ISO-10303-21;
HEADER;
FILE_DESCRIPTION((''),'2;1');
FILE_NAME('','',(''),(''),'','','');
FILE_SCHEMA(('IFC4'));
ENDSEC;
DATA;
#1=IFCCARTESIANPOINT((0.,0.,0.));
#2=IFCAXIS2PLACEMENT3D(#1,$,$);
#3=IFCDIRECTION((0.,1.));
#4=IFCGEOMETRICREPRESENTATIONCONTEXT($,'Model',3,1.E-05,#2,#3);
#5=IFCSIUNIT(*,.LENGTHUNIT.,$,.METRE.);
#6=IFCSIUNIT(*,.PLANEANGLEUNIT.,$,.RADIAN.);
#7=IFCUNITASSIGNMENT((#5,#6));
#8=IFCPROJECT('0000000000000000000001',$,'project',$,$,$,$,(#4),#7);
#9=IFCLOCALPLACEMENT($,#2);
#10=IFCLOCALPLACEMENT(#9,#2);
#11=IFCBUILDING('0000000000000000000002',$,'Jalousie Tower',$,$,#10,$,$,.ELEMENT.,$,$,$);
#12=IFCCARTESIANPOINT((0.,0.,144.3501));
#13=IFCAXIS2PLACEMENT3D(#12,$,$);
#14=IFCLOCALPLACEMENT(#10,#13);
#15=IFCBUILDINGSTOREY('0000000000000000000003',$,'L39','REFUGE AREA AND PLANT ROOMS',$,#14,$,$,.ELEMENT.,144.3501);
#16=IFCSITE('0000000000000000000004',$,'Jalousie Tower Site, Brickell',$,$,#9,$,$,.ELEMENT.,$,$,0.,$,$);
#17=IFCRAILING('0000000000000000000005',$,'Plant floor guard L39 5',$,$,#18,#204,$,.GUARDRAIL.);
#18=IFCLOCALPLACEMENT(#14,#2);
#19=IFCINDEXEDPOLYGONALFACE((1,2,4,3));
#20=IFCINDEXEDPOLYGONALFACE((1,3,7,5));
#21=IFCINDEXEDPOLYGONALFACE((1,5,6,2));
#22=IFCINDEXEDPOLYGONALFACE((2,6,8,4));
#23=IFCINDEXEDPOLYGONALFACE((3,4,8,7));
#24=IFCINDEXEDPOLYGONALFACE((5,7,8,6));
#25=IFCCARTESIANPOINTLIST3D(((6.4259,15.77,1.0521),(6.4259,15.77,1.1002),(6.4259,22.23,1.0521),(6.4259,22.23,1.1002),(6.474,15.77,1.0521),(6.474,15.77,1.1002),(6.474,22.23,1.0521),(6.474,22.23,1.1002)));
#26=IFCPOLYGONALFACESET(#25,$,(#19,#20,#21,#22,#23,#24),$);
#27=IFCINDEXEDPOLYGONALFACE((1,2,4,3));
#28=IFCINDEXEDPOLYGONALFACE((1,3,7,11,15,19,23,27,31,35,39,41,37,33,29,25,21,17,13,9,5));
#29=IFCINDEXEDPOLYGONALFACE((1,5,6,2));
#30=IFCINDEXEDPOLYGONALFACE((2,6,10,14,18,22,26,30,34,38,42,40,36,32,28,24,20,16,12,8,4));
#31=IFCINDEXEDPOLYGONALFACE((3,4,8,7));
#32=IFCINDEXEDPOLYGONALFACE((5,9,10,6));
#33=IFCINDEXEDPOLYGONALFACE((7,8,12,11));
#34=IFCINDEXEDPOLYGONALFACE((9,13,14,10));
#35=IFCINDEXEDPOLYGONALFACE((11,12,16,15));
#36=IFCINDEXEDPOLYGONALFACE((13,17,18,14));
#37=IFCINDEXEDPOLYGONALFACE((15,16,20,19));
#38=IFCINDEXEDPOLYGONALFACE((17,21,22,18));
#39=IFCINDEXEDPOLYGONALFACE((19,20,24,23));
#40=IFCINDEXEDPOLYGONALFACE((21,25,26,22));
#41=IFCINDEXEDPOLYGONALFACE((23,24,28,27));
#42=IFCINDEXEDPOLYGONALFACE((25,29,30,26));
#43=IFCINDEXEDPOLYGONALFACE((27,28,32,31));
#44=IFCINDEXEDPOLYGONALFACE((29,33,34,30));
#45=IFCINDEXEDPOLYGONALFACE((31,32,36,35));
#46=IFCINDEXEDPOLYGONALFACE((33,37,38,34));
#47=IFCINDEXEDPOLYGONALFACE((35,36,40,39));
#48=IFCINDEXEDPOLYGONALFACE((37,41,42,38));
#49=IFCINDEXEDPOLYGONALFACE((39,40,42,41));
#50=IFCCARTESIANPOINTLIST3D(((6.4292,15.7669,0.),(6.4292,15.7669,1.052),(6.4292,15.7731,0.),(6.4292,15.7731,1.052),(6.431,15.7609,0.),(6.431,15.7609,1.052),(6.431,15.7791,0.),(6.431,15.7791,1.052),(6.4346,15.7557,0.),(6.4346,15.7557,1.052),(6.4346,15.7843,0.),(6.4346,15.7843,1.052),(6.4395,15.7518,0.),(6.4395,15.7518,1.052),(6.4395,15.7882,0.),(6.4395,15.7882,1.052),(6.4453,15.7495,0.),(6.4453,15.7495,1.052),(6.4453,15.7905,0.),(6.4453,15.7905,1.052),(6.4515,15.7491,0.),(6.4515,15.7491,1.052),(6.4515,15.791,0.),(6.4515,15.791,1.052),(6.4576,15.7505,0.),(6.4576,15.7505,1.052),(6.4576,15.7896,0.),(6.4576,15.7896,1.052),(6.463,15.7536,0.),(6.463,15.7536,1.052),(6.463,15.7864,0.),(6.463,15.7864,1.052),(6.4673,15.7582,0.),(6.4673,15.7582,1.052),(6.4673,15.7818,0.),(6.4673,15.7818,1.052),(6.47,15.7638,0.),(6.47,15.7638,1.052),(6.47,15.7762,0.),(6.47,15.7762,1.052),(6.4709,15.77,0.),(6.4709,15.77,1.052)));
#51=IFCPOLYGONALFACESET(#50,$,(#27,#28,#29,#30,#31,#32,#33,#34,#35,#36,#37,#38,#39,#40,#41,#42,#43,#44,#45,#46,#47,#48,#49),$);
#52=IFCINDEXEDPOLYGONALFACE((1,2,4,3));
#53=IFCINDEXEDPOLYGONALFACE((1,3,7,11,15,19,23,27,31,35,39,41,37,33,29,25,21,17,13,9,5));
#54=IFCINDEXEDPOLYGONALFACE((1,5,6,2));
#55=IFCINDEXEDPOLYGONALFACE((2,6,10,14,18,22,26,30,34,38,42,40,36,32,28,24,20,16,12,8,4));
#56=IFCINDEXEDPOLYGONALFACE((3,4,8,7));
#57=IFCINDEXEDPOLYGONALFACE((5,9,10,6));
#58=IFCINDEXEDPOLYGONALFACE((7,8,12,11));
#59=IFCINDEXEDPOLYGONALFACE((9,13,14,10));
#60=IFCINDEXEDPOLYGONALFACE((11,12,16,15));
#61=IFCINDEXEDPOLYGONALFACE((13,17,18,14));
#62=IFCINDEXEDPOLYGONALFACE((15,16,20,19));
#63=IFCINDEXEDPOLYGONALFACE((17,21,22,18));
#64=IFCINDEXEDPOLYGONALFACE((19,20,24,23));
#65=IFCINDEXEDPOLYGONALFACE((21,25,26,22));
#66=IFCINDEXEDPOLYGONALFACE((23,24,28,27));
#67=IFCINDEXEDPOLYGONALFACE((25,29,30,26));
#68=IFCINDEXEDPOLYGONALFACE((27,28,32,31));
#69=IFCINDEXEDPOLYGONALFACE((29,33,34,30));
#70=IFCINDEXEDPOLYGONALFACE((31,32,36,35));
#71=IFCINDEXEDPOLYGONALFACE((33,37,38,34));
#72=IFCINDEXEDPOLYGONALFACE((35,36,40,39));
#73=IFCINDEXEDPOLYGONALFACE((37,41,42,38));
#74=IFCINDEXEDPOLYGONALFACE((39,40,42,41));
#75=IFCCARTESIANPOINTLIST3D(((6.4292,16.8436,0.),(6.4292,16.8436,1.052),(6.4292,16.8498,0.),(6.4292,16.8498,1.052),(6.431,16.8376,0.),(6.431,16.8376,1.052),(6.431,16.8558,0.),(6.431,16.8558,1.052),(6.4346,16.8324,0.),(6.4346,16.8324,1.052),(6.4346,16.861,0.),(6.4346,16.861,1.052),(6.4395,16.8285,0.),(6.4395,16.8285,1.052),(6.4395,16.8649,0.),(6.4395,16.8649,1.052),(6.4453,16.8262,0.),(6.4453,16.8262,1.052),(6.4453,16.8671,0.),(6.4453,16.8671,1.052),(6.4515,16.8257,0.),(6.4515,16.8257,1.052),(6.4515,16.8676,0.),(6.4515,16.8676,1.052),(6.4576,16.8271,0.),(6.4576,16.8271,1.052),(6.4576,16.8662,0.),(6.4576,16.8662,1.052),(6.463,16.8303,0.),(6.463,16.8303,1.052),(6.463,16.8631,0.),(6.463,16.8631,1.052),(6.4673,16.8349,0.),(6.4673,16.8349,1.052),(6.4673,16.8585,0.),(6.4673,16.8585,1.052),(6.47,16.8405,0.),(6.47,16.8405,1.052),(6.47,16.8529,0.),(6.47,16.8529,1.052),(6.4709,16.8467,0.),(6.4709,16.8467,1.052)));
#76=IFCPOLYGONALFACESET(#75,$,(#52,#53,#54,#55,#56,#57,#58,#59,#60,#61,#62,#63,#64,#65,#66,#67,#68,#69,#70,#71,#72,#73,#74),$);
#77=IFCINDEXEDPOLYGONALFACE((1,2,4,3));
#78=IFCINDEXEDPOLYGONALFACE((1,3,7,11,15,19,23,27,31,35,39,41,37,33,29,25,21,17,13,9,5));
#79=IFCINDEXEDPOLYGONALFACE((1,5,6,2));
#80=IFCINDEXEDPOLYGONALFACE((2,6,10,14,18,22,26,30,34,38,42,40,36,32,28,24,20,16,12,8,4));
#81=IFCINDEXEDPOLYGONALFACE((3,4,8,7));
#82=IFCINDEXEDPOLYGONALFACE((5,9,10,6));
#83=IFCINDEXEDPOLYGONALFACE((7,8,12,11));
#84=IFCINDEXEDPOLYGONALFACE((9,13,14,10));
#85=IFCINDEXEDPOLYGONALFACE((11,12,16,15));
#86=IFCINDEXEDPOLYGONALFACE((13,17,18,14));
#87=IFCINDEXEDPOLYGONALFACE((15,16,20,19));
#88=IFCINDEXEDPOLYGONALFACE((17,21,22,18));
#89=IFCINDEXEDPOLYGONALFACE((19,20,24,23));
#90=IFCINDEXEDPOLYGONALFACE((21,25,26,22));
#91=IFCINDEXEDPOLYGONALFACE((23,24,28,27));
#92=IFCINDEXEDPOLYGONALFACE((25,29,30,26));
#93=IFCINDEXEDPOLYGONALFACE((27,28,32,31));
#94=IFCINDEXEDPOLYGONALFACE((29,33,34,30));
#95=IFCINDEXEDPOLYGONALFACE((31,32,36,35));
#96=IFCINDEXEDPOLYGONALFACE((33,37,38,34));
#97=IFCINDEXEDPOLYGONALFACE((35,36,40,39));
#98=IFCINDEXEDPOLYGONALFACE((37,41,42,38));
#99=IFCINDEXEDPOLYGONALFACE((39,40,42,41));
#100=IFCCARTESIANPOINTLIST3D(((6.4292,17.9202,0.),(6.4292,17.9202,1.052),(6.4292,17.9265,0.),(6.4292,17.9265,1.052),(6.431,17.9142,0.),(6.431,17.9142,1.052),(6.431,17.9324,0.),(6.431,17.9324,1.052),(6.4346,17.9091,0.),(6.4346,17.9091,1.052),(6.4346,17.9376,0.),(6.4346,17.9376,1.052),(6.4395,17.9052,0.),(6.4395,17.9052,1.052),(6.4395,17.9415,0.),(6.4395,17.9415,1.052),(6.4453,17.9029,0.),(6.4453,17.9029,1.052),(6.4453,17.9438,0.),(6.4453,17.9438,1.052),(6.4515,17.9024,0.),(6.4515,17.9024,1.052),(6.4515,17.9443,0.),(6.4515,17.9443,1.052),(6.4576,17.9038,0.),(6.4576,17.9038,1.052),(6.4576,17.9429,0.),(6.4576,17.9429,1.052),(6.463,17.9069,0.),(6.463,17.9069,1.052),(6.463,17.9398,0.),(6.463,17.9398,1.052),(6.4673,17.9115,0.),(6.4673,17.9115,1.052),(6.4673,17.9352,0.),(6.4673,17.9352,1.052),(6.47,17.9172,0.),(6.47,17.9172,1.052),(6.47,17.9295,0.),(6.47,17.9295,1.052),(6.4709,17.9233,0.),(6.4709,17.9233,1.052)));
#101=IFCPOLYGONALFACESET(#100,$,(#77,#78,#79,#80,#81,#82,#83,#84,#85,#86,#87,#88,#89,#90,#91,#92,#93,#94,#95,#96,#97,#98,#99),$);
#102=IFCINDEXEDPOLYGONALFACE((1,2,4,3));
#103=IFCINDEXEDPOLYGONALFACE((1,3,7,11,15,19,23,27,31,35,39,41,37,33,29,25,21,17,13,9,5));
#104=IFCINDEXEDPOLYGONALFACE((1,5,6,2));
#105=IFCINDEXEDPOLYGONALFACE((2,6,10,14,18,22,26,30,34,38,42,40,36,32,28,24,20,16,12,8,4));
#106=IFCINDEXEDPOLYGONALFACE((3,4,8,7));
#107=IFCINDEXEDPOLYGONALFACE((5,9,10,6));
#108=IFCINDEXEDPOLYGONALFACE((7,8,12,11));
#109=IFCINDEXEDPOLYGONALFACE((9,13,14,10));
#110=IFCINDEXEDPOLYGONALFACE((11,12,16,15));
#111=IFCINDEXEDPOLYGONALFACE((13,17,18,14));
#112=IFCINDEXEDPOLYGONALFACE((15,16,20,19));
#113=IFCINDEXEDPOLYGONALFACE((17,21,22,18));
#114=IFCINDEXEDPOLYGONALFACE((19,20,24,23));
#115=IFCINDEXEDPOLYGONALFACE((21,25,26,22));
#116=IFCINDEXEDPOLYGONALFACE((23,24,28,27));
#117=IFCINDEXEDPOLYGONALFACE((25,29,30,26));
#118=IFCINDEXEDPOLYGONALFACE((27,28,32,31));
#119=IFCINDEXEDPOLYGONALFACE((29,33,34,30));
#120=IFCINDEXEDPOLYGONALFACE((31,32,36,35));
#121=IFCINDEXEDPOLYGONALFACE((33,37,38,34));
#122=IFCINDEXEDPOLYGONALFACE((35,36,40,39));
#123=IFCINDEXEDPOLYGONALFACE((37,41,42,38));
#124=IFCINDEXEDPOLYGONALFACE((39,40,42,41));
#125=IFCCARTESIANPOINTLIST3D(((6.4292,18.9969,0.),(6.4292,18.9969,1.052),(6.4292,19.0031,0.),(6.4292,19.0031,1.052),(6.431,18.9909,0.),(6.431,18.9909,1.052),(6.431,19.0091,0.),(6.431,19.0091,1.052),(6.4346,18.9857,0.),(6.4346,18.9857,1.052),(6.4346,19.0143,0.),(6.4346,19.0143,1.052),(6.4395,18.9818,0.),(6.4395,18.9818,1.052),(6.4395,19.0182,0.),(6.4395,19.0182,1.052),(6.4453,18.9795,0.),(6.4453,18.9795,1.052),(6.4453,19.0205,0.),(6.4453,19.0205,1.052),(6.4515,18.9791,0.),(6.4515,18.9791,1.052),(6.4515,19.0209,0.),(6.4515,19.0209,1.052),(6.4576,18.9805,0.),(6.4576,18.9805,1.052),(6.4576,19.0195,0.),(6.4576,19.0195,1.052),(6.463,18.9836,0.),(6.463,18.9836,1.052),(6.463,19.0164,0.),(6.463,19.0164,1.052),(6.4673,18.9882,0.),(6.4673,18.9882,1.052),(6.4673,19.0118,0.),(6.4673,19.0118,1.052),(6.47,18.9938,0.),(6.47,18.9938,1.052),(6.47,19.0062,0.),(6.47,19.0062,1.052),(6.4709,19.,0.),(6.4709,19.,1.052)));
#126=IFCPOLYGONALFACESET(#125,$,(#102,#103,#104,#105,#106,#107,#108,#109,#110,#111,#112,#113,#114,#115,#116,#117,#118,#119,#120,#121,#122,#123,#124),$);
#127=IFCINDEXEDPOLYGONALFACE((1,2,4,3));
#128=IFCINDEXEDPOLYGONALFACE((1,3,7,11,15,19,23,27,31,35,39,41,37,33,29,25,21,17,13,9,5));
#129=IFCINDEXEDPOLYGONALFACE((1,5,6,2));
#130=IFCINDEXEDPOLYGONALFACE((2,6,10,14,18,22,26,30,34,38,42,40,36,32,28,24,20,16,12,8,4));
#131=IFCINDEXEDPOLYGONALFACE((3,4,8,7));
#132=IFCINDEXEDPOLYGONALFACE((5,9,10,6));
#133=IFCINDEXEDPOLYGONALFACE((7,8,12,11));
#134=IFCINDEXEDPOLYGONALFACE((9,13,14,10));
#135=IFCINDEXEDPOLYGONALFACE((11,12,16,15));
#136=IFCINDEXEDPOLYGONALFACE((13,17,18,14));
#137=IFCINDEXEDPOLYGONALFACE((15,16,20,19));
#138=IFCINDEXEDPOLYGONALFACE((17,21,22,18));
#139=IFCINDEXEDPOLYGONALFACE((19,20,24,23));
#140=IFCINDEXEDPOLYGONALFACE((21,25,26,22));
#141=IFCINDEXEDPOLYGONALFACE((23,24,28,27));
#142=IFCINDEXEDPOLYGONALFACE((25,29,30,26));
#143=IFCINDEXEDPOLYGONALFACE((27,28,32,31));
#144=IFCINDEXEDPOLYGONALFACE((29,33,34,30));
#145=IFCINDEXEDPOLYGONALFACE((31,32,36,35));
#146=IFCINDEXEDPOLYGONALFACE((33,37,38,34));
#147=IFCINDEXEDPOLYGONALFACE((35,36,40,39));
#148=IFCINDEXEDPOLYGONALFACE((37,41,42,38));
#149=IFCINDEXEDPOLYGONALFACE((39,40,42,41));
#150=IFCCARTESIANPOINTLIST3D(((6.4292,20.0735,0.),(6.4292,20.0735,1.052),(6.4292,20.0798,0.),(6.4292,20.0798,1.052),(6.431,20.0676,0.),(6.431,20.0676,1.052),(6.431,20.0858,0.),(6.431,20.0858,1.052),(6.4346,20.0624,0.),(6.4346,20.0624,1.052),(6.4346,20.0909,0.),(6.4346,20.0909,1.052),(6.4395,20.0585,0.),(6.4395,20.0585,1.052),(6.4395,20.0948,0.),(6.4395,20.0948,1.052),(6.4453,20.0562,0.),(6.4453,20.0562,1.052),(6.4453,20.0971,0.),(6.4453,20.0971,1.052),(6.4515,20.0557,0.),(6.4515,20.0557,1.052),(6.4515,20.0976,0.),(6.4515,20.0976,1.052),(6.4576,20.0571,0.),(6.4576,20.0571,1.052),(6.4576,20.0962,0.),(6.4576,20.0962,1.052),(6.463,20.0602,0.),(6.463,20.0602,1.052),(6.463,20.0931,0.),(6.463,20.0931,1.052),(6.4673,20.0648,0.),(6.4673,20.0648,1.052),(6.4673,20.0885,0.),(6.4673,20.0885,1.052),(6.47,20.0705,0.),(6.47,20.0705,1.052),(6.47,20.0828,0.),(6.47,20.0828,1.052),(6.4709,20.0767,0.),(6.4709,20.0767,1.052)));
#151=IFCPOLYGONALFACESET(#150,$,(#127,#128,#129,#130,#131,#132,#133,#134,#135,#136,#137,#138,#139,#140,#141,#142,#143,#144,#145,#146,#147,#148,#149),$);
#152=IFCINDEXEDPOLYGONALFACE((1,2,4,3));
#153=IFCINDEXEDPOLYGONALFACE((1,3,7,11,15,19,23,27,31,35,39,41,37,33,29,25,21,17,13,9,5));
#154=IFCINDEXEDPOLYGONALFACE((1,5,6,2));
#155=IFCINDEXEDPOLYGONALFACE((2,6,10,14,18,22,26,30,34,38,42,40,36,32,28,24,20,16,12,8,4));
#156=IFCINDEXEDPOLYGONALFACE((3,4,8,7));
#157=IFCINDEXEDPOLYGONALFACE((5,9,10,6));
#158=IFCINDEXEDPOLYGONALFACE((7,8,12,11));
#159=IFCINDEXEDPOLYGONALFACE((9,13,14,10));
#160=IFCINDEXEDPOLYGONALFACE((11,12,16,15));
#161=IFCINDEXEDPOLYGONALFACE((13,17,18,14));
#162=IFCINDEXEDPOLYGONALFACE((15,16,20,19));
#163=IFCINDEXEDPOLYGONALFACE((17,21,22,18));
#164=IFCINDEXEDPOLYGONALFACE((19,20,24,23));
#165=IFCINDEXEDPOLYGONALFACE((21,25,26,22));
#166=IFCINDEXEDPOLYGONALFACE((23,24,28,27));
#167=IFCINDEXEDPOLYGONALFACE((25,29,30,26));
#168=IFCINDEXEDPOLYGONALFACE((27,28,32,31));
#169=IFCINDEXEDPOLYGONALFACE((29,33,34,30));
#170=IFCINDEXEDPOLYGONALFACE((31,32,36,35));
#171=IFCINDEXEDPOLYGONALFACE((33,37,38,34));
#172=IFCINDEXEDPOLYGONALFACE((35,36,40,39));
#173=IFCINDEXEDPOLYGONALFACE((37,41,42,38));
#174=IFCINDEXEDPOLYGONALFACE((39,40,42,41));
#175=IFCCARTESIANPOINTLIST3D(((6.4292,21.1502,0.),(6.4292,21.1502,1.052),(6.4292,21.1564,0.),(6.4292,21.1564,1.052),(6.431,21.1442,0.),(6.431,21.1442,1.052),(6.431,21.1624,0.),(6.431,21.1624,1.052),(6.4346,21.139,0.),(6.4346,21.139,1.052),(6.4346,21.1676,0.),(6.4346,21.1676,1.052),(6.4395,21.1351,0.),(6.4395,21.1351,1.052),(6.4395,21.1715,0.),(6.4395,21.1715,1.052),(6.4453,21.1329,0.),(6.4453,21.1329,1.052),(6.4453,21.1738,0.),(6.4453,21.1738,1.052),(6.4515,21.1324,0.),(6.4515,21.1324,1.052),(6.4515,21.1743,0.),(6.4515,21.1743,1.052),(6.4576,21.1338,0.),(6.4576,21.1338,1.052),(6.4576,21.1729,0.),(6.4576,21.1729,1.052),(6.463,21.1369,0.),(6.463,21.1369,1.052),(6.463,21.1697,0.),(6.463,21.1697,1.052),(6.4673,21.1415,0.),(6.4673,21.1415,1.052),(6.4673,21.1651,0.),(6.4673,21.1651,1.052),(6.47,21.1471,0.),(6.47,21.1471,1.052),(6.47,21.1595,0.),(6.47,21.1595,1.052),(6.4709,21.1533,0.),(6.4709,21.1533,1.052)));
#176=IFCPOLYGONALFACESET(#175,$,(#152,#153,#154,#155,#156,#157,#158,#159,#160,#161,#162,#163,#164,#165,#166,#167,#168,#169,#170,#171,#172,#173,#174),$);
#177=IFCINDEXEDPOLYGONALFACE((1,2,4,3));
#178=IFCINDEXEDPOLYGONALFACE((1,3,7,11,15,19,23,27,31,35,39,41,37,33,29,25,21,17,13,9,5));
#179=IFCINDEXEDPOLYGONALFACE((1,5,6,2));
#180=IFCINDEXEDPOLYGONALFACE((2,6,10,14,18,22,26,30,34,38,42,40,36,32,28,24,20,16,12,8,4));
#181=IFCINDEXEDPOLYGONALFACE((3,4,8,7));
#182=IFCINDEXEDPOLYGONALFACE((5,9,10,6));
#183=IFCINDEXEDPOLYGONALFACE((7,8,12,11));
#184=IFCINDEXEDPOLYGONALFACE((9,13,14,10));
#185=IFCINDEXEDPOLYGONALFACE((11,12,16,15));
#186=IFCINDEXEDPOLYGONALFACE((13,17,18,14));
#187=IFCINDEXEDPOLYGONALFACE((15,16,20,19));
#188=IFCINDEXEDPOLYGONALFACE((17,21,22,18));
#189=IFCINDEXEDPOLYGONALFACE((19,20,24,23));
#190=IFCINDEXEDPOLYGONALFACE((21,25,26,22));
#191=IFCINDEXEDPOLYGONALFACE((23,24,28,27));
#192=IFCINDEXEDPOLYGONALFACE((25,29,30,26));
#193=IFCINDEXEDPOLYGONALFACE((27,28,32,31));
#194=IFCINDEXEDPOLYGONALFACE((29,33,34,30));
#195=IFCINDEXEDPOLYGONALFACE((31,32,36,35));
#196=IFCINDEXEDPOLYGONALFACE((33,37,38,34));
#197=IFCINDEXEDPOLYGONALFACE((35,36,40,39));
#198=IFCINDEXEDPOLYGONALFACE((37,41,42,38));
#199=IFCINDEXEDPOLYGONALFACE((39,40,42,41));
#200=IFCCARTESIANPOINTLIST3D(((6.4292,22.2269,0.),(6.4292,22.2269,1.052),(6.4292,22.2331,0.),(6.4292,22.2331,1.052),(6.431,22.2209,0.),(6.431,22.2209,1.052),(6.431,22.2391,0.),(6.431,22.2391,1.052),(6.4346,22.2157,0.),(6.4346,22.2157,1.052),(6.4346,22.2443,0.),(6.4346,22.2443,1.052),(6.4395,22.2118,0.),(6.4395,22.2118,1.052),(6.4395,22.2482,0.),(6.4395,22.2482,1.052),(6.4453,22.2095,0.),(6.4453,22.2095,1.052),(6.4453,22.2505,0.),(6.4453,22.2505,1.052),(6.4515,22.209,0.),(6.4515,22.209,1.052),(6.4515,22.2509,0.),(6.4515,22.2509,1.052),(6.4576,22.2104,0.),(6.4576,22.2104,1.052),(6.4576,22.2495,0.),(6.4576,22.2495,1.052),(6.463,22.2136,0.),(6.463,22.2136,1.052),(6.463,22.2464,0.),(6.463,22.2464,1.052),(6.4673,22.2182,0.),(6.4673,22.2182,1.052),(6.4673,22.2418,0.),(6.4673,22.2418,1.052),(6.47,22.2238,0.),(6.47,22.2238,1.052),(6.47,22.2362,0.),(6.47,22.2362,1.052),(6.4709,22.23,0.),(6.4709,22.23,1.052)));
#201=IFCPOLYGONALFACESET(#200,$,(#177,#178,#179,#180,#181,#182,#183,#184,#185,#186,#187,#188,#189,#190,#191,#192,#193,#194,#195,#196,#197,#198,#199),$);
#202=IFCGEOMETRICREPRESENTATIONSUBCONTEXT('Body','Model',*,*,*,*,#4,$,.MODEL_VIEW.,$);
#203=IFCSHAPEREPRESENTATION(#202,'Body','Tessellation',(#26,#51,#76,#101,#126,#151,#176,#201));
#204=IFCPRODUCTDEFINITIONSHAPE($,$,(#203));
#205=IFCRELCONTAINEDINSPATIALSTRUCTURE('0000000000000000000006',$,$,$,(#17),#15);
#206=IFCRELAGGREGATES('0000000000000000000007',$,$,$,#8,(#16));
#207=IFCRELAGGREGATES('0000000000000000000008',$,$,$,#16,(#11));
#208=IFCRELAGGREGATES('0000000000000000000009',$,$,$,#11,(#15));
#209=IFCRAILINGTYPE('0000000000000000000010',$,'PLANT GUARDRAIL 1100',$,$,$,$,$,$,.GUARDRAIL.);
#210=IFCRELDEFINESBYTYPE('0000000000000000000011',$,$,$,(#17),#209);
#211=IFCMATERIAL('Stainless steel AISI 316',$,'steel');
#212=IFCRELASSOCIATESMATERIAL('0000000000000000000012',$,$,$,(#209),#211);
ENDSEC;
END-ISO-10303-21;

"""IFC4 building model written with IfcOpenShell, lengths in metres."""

from ifc_helpers import new_model, si_unit, direction, frame, origin, origin_2d, place, context, subcontext, project, spatial, rectangle, circle, extrude, material, type_object, element, save


model = new_model("IFC4")

# Units and contexts
model_context = context("Model", 3, precision=1e-05, world=origin(), true_north=direction((0.0, 1.0)))
body_context = subcontext(model_context, "Body", "Model", "MODEL_VIEW")
ifc_project = project(units=[si_unit("LENGTHUNIT", "METRE"), si_unit("PLANEANGLEUNIT", "RADIAN")], contexts=[model_context])

# Site, building, storey
site_placement = place(None, origin())
site = spatial("IfcSite", under=ifc_project, at=site_placement, Name="Jalousie Tower Site, Brickell", CompositionType="ELEMENT", RefElevation=0.0)
building_placement = place(site_placement, origin())
building = spatial("IfcBuilding", under=site, at=building_placement, Name="Jalousie Tower", CompositionType="ELEMENT")
storey_placement = place(building_placement, frame((0.0, 0.0, 144.3501)))
storey = spatial("IfcBuildingStorey", under=building, at=storey_placement, Name="L39", Description="REFUGE AREA AND PLANT ROOMS", CompositionType="ELEMENT", Elevation=144.3501)

# Railing
ifc_material_1 = material(Name="Stainless steel AISI 316", Category="steel")
railing_type_1 = type_object("IfcRailingType", Name="PLANT GUARDRAIL 1100", PredefinedType="GUARDRAIL", material=ifc_material_1)
railing_placement = place(storey_placement, frame((6.45, 15.77, 0.0)))
element("IfcRailing", 1, at=railing_placement, inside=storey, type_object=railing_type_1, Name="Plant floor guard L39 5", PredefinedType="GUARDRAIL", context=body_context, shape_type="SweptSolid", body=[
    extrude(rectangle(XDim=0.0481, YDim=0.0481, at=origin_2d()), frame((0.0, 0.0, 1.0762), z_axis=(0.0, 1.0, 0.0), x_axis=(-1.0, 0.0, 0.0)), (0.0, 0.0, 1.0), 6.46),
    extrude(circle(Radius=0.021, at=origin_2d()), origin(), (0.0, 0.0, 1.0), 1.052),
    extrude(circle(Radius=0.021, at=origin_2d()), frame((0.0, 1.0767, 0.0)), (0.0, 0.0, 1.0), 1.052),
    extrude(circle(Radius=0.021, at=origin_2d()), frame((0.0, 2.1533, 0.0)), (0.0, 0.0, 1.0), 1.052),
    extrude(circle(Radius=0.021, at=origin_2d()), frame((0.0, 3.23, 0.0)), (0.0, 0.0, 1.0), 1.052),
    extrude(circle(Radius=0.021, at=origin_2d()), frame((0.0, 4.3066, 0.0)), (0.0, 0.0, 1.0), 1.052),
    extrude(circle(Radius=0.021, at=origin_2d()), frame((0.0, 5.3833, 0.0)), (0.0, 0.0, 1.0), 1.052),
    extrude(circle(Radius=0.021, at=origin_2d()), frame((0.0, 6.46, 0.0)), (0.0, 0.0, 1.0), 1.052),
])

save(model, "model.ifc")
